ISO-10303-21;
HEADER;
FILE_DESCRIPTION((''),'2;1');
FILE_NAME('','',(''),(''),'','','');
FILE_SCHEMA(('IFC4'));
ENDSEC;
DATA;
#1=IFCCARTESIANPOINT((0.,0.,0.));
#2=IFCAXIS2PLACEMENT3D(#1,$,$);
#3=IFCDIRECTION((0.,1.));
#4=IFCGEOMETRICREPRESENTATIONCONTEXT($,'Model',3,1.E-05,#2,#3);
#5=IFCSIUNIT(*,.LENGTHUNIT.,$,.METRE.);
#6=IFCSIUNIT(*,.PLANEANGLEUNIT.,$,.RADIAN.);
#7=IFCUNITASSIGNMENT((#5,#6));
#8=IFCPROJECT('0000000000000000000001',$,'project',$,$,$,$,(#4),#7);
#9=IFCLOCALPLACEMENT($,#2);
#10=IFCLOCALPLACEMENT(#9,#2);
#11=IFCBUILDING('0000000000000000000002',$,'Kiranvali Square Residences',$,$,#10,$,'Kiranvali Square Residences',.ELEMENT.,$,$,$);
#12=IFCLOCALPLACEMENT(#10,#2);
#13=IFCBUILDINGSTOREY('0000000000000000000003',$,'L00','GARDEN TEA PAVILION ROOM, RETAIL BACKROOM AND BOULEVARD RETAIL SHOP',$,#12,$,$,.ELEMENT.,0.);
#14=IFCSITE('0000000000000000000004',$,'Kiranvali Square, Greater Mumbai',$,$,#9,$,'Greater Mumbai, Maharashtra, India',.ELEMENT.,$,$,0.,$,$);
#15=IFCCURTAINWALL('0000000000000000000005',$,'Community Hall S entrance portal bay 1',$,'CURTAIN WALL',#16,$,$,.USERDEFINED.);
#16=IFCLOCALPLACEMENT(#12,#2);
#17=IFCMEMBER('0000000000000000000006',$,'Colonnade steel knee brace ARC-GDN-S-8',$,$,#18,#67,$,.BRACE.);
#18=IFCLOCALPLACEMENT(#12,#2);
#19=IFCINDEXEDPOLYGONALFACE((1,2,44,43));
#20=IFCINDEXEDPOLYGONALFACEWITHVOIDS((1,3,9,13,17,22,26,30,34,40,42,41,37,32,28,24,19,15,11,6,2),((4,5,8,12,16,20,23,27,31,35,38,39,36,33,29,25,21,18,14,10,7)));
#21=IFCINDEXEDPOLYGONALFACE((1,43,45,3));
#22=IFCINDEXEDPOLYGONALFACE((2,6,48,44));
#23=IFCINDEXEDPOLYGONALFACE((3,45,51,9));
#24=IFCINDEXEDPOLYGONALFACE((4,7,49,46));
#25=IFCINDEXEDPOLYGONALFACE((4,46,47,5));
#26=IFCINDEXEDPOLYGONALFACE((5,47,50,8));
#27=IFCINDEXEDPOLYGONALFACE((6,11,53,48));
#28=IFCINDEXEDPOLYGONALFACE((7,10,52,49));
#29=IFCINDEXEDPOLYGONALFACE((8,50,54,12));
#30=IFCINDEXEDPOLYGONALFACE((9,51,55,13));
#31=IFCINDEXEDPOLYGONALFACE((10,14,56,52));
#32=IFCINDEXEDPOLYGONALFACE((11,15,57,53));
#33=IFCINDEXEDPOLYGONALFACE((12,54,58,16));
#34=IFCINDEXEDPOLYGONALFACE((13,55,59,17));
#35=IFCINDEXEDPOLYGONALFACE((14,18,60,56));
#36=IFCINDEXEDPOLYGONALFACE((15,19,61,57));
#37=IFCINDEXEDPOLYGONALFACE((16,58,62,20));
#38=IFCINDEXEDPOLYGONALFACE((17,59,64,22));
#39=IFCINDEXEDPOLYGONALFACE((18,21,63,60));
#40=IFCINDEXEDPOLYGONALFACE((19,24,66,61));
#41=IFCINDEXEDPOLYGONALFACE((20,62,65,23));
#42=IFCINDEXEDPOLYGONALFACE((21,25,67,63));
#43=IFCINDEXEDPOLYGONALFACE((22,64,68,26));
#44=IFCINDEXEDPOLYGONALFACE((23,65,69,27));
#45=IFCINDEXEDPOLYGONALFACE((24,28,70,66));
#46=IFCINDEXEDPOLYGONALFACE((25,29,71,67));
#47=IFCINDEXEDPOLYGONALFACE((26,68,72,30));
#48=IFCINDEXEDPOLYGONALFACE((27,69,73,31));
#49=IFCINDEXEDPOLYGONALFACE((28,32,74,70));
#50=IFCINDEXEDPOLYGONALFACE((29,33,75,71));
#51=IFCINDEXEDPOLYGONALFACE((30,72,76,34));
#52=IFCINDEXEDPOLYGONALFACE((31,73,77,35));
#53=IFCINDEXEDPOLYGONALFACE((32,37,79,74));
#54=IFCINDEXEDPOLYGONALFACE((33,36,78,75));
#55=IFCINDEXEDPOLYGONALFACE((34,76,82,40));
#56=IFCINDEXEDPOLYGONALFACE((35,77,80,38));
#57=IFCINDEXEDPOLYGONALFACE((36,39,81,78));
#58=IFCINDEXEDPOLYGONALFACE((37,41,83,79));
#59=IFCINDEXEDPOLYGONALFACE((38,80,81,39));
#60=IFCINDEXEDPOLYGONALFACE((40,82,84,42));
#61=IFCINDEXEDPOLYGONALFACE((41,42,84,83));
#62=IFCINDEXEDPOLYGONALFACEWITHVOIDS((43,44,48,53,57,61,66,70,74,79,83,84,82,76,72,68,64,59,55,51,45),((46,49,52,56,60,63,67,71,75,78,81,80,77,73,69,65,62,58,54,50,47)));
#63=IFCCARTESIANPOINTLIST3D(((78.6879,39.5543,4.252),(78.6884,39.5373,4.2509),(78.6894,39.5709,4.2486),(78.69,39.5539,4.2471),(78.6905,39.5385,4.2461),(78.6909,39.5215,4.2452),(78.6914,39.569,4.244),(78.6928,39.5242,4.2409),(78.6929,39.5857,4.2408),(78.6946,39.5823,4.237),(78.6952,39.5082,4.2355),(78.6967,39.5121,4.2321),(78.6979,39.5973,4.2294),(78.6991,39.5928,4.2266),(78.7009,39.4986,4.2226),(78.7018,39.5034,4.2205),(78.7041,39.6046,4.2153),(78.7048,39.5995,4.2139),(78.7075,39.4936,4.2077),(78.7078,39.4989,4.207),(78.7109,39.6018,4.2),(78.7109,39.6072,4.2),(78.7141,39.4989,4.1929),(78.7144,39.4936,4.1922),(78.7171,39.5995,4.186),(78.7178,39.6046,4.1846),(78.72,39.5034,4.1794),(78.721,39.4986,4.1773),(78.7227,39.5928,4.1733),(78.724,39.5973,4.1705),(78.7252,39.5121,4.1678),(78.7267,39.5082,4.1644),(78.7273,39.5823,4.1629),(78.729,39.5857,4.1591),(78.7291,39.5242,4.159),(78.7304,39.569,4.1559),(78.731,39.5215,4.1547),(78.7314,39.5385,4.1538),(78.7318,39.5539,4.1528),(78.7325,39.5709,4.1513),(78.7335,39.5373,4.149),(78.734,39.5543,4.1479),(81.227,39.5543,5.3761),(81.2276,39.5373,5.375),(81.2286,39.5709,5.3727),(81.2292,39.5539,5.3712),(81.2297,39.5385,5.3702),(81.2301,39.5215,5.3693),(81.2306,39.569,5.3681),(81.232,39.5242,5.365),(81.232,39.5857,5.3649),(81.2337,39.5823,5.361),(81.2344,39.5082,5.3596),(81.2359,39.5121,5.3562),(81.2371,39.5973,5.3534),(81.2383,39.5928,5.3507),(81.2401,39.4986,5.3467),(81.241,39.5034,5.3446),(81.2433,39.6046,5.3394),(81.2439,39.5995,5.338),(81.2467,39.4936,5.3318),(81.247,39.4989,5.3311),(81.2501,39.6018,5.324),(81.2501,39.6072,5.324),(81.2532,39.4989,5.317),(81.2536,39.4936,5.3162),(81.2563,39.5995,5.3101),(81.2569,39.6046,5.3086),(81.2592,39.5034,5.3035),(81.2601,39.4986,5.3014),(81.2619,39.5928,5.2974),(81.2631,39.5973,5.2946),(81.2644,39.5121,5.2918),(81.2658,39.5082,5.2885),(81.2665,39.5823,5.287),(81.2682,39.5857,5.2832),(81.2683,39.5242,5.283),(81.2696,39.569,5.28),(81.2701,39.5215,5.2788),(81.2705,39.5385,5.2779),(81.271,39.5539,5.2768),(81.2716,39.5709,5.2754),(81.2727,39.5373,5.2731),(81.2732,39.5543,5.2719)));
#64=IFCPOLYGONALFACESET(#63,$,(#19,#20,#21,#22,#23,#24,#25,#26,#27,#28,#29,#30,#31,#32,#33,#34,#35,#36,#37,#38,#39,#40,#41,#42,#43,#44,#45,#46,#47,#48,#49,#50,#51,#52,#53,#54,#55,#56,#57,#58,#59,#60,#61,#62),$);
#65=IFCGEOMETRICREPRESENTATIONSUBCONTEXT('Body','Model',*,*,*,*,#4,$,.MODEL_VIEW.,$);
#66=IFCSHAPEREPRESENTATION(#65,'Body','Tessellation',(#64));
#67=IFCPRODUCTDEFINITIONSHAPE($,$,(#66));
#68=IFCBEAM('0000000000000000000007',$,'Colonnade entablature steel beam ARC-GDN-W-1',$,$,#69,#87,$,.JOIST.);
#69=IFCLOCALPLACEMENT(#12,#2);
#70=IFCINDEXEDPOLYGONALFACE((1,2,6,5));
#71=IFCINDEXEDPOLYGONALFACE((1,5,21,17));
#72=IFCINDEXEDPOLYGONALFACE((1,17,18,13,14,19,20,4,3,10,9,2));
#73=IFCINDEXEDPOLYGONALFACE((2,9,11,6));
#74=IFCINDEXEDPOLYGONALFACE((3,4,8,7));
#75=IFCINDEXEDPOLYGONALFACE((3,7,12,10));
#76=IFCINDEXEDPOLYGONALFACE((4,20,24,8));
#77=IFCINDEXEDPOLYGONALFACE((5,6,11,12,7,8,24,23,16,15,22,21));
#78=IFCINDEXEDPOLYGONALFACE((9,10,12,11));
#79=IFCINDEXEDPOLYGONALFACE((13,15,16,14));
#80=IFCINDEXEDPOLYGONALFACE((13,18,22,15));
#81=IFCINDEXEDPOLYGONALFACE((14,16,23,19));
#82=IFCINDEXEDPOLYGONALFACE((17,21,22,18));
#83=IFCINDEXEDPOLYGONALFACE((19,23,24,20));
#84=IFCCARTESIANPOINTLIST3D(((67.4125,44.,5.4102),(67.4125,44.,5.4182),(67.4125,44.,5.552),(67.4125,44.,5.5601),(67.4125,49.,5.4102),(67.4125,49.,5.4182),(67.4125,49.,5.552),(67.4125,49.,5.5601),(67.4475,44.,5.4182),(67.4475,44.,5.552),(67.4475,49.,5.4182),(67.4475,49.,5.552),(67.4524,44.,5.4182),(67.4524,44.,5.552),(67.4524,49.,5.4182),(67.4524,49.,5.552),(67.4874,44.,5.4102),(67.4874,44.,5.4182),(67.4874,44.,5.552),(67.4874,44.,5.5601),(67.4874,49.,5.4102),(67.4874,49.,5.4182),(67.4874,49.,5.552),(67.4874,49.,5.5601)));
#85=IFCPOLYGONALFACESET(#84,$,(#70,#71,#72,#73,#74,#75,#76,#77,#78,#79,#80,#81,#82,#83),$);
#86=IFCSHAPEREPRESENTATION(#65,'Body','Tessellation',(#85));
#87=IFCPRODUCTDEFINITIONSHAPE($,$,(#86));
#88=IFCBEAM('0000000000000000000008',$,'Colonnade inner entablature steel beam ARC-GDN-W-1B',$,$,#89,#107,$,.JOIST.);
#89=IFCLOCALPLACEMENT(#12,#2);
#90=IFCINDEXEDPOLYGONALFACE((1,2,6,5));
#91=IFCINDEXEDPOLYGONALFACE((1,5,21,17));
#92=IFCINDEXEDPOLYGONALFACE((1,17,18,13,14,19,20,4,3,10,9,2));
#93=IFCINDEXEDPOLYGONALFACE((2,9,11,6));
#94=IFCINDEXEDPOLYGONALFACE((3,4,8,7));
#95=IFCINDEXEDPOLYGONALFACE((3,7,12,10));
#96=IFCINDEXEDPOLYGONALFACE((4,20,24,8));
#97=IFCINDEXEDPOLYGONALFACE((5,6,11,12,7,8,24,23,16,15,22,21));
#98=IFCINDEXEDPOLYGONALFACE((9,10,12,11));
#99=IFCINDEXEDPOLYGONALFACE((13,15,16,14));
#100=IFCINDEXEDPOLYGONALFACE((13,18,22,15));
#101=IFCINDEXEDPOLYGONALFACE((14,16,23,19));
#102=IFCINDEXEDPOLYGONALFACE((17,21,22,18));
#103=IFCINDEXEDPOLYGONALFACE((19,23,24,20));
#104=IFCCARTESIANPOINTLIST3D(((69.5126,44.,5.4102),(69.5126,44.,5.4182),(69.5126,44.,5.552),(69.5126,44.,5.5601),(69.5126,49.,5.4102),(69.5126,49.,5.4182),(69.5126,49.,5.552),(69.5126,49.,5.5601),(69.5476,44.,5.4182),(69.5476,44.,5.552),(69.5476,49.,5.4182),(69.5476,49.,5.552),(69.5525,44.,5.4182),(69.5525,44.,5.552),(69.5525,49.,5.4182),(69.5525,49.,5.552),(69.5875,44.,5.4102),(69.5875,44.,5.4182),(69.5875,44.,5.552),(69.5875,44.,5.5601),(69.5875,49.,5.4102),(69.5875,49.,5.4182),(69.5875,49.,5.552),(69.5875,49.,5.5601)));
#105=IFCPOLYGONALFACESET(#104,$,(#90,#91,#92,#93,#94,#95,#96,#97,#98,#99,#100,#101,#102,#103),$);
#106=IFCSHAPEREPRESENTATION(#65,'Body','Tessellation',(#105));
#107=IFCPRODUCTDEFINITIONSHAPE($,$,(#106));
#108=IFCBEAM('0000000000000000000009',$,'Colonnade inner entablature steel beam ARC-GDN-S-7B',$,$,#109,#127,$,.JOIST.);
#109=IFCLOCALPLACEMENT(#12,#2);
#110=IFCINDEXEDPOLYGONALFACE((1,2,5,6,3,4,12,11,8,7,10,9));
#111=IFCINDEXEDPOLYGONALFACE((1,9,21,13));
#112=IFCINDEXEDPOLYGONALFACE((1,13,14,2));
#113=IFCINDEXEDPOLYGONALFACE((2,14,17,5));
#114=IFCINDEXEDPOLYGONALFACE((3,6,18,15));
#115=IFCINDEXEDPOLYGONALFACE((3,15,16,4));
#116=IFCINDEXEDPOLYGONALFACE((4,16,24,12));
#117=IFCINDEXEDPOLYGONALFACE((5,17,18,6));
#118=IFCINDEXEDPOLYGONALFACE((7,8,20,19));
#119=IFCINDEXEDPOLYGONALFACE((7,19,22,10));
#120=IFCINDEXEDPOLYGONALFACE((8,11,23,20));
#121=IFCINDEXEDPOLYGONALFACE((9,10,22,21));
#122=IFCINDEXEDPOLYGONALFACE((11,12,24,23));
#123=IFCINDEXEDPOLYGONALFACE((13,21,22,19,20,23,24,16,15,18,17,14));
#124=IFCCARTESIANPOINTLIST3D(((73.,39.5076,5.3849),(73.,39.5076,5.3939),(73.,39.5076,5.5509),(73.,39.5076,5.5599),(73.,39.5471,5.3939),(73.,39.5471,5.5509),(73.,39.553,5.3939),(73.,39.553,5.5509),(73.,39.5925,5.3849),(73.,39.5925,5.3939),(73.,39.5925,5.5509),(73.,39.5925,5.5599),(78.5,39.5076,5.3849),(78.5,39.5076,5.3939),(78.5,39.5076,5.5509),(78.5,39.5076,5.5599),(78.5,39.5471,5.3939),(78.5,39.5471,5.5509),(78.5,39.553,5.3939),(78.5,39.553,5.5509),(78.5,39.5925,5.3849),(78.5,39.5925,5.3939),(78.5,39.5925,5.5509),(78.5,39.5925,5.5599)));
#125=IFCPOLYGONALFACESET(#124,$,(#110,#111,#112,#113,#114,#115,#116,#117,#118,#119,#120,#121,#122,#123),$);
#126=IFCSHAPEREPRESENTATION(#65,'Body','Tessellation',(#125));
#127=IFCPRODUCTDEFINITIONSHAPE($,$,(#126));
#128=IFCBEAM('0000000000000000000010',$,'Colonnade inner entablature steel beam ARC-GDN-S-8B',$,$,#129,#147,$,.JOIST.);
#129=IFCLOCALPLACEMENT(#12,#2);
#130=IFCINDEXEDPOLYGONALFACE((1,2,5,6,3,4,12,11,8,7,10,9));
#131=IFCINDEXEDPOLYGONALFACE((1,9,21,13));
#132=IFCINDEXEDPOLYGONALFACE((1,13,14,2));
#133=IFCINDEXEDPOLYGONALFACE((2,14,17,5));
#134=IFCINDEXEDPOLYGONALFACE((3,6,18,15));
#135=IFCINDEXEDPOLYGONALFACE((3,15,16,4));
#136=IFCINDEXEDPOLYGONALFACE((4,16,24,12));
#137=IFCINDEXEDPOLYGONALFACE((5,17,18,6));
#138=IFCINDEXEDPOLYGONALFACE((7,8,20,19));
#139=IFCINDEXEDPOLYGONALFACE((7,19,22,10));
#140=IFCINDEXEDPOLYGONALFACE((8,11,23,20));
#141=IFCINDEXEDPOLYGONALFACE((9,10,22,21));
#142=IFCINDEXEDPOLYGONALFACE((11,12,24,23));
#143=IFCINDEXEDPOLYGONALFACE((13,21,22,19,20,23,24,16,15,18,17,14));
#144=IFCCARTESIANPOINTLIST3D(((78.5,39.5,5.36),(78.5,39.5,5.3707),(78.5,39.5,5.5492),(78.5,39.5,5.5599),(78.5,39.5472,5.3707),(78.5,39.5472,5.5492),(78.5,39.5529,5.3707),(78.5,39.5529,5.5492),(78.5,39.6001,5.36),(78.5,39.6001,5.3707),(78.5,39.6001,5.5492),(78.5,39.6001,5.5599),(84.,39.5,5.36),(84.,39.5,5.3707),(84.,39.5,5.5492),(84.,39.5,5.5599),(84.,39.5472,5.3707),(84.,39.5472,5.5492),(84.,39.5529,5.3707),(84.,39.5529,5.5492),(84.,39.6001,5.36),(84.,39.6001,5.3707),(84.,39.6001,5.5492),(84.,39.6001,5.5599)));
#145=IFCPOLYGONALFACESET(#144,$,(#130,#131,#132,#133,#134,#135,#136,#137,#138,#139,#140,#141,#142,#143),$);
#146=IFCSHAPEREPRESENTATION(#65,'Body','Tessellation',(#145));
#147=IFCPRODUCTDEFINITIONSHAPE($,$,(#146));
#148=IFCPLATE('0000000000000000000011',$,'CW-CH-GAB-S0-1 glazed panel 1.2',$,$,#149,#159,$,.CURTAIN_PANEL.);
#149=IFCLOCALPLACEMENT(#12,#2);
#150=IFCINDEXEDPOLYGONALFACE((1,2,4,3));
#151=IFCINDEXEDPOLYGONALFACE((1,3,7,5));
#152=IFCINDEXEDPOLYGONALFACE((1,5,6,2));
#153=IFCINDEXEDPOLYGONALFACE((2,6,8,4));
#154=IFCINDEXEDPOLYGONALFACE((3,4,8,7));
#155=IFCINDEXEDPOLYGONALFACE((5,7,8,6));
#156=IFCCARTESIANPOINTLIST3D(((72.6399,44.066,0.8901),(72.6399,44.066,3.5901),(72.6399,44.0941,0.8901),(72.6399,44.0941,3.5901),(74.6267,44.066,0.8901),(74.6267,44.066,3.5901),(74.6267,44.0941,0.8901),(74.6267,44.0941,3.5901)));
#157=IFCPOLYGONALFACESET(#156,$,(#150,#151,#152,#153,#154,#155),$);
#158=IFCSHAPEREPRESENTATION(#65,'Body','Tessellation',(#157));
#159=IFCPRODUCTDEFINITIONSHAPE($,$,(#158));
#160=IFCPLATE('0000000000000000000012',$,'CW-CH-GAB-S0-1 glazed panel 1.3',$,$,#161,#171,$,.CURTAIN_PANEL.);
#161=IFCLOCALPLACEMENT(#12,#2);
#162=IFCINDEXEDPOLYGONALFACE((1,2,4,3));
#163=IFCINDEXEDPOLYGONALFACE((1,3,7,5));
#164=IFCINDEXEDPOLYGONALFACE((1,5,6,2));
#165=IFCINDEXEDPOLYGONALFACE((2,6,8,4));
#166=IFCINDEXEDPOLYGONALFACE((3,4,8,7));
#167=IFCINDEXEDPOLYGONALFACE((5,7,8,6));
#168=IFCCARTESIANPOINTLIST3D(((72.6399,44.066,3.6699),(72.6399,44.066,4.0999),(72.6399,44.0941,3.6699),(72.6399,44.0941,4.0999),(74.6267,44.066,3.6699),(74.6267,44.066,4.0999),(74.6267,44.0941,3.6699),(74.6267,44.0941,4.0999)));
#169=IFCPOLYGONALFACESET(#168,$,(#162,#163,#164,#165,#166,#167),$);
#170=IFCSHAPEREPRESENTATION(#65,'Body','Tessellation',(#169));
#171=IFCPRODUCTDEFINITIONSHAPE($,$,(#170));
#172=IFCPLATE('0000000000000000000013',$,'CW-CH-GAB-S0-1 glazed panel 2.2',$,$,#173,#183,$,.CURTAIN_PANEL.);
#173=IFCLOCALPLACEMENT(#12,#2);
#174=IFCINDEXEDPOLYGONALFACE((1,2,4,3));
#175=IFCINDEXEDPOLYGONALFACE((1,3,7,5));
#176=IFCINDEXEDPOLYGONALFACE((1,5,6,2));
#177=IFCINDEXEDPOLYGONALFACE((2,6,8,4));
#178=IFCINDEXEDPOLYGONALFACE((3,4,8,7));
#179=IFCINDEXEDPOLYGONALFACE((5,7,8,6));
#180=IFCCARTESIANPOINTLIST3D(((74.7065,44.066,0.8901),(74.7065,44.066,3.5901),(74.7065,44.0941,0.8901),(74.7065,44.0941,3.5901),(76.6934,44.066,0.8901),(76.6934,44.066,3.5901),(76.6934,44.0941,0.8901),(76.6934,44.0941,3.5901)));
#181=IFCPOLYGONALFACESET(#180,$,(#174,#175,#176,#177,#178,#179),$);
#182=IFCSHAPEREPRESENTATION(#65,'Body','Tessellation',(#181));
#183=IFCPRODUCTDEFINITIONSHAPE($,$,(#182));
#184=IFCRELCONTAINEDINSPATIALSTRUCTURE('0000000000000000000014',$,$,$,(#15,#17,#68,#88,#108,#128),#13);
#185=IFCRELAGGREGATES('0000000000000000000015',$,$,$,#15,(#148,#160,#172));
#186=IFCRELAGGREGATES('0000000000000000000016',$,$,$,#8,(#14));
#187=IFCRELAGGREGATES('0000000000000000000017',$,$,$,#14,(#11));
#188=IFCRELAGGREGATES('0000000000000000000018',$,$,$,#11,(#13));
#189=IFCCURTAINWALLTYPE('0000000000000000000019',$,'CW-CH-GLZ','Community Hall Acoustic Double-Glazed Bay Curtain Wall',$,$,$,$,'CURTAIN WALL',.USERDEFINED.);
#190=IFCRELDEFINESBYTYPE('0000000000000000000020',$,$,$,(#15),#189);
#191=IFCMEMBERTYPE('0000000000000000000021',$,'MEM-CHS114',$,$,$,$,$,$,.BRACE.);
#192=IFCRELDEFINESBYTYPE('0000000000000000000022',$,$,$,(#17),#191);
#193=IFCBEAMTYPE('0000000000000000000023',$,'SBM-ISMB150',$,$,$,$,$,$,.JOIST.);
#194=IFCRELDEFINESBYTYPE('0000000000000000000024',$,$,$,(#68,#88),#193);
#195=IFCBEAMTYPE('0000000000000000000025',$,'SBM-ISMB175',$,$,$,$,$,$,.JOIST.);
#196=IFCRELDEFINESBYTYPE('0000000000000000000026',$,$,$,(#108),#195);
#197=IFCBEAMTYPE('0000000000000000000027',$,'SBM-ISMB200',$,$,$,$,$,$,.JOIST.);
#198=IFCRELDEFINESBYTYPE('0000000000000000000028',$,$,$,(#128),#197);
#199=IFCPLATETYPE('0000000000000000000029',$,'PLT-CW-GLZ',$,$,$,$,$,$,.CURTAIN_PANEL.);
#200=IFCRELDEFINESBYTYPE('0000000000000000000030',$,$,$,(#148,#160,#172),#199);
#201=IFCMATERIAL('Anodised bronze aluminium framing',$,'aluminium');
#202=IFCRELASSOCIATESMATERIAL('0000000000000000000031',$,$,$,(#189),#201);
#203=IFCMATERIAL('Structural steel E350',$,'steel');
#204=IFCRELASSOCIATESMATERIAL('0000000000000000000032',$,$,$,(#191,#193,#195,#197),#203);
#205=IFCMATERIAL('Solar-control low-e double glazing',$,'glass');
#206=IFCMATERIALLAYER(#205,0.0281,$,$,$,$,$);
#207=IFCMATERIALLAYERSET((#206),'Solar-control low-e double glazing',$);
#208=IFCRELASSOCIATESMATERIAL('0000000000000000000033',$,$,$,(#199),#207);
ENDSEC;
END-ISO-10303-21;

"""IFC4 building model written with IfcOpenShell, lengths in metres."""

from ifc_helpers import new_model, si_unit, direction, frame, origin, origin_2d, place, context, subcontext, project, spatial, rectangle, hollow_circle, i_section, extrude, material, layer, layer_set, material_profile, profile_set, type_object, element, aggregate, save


model = new_model("IFC4")

# Units and contexts
model_context = context("Model", 3, precision=1e-05, world=origin(), true_north=direction((0.0, 1.0)))
body_context = subcontext(model_context, "Body", "Model", "MODEL_VIEW")
ifc_project = project(units=[si_unit("LENGTHUNIT", "METRE"), si_unit("PLANEANGLEUNIT", "RADIAN")], contexts=[model_context])

# Site, building, storey
site_placement = place(None, origin())
site = spatial("IfcSite", under=ifc_project, at=site_placement, Name="Kiranvali Square, Greater Mumbai", LongName="Greater Mumbai, Maharashtra, India", CompositionType="ELEMENT", RefElevation=0.0)
building_placement = place(site_placement, origin())
building = spatial("IfcBuilding", under=site, at=building_placement, Name="Kiranvali Square Residences", LongName="Kiranvali Square Residences", CompositionType="ELEMENT")
storey_placement = place(building_placement, origin())
storey = spatial("IfcBuildingStorey", under=building, at=storey_placement, Name="L00", Description="GARDEN TEA PAVILION ROOM, RETAIL BACKROOM AND BOULEVARD RETAIL SHOP", CompositionType="ELEMENT", Elevation=0.0)

# Curtain wall
ifc_material_1 = material(Name="Anodised bronze aluminium framing", Category="aluminium")
curtain_wall_type = type_object("IfcCurtainWallType", Name="CW-CH-GLZ", Description="Community Hall Acoustic Double-Glazed Bay Curtain Wall", ElementType="CURTAIN WALL", PredefinedType="USERDEFINED", material=ifc_material_1)
curtain_wall_1_placement = place(storey_placement, origin())
curtain_wall_1 = element("IfcCurtainWall", 1, at=curtain_wall_1_placement, inside=storey, type_object=curtain_wall_type, Name="Community Hall S entrance portal bay 1", ObjectType="CURTAIN WALL", PredefinedType="USERDEFINED")

# Member
ifc_material_2 = material(Name="Structural steel E350", Category="steel")
ifc_material_profile_1 = material_profile(ifc_material_2, hollow_circle(Radius=0.0571, WallThickness=0.0054, at=origin_2d()), Name="CHS 114.3x5.4")
ifc_profile_set_1 = profile_set([ifc_material_profile_1], Name="Structural steel E350")
member_type_1 = type_object("IfcMemberType", Name="MEM-CHS114", PredefinedType="BRACE", material=ifc_profile_set_1)
member_1_placement = place(storey_placement, frame((78.7109, 39.55, 4.2), z_axis=(0.914405, 0.0, 0.4048), x_axis=(0.0, 1.0, 0.0)))
element("IfcMember", 2, at=member_1_placement, inside=storey, type_object=member_type_1, Name="Colonnade steel knee brace ARC-GDN-S-8", PredefinedType="BRACE", context=body_context, shape_type="SweptSolid", body=[
    extrude(hollow_circle(Radius=0.0571, WallThickness=0.0054, at=origin_2d()), origin(), (0.0, 0.0, 1.0), 2.7769),
])

# Beams
ifc_material_profile_2 = material_profile(ifc_material_2, i_section(OverallWidth=0.075, OverallDepth=0.1499, WebThickness=0.0049, FlangeThickness=0.0081, at=origin_2d()), Name="ISMB 150")
ifc_profile_set_2 = profile_set([ifc_material_profile_2], Name="Structural steel E350")
beam_type_1 = type_object("IfcBeamType", Name="SBM-ISMB150", PredefinedType="JOIST", material=ifc_profile_set_2)
for number, where, z_axis, x_axis, name in (
    (3, (67.45, 44.0, 5.4851), (0.0, 1.0, 0.0), (-1.0, 0.0, 0.0), "Colonnade entablature steel beam ARC-GDN-W-1"),
    (4, (69.55, 44.0, 5.4851), (0.0, 1.0, 0.0), (-1.0, 0.0, 0.0), "Colonnade inner entablature steel beam ARC-GDN-W-1B"),
):
    element("IfcBeam", number, at=place(storey_placement, frame(where, z_axis=z_axis, x_axis=x_axis)), inside=storey, type_object=beam_type_1, Name=name, PredefinedType="JOIST", context=body_context, shape_type="SweptSolid", body=[
        extrude(i_section(OverallWidth=0.075, OverallDepth=0.1499, WebThickness=0.0049, FlangeThickness=0.0081, at=origin_2d()), origin(), (0.0, 0.0, 1.0), 5.0),
    ])
ifc_material_profile_3 = material_profile(ifc_material_2, i_section(OverallWidth=0.085, OverallDepth=0.175, WebThickness=0.0059, FlangeThickness=0.009, at=origin_2d()), Name="ISMB 175")
ifc_profile_set_3 = profile_set([ifc_material_profile_3], Name="Structural steel E350")
beam_type_2 = type_object("IfcBeamType", Name="SBM-ISMB175", PredefinedType="JOIST", material=ifc_profile_set_3)
beam_1_placement = place(storey_placement, frame((73.0, 39.55, 5.4724), z_axis=(1.0, 0.0, 0.0), x_axis=(0.0, 1.0, 0.0)))
element("IfcBeam", 5, at=beam_1_placement, inside=storey, type_object=beam_type_2, Name="Colonnade inner entablature steel beam ARC-GDN-S-7B", PredefinedType="JOIST", context=body_context, shape_type="SweptSolid", body=[
    extrude(i_section(OverallWidth=0.085, OverallDepth=0.175, WebThickness=0.0059, FlangeThickness=0.009, at=origin_2d()), origin(), (0.0, 0.0, 1.0), 5.5),
])
ifc_material_profile_4 = material_profile(ifc_material_2, i_section(OverallWidth=0.1001, OverallDepth=0.2, WebThickness=0.0056, FlangeThickness=0.0107, at=origin_2d()), Name="ISMB 200")
ifc_profile_set_4 = profile_set([ifc_material_profile_4], Name="Structural steel E350")
beam_type_3 = type_object("IfcBeamType", Name="SBM-ISMB200", PredefinedType="JOIST", material=ifc_profile_set_4)
beam_2_placement = place(storey_placement, frame((78.5, 39.55, 5.46), z_axis=(1.0, 0.0, 0.0), x_axis=(0.0, 1.0, 0.0)))
element("IfcBeam", 6, at=beam_2_placement, inside=storey, type_object=beam_type_3, Name="Colonnade inner entablature steel beam ARC-GDN-S-8B", PredefinedType="JOIST", context=body_context, shape_type="SweptSolid", body=[
    extrude(i_section(OverallWidth=0.1001, OverallDepth=0.2, WebThickness=0.0056, FlangeThickness=0.0107, at=origin_2d()), origin(), (0.0, 0.0, 1.0), 5.5),
])

# Plates
ifc_material_3 = material(Name="Solar-control low-e double glazing", Category="glass")
ifc_layer_1 = layer(ifc_material_3, 0.0281)
ifc_layer_set_1 = layer_set([ifc_layer_1], Name="Solar-control low-e double glazing")
plate_type_1 = type_object("IfcPlateType", Name="PLT-CW-GLZ", PredefinedType="CURTAIN_PANEL", material=ifc_layer_set_1)
plate_1_placement = place(storey_placement, frame((73.6333, 44.0801, 0.8901), z_axis=(0.0, 0.0, 1.0), x_axis=(1.0, 0.0, 0.0)))
plate_1 = element("IfcPlate", 7, at=plate_1_placement, type_object=plate_type_1, Name="CW-CH-GAB-S0-1 glazed panel 1.2", PredefinedType="CURTAIN_PANEL", context=body_context, shape_type="SweptSolid", body=[
    extrude(rectangle(XDim=1.9868, YDim=0.0281, at=origin_2d()), origin(), (0.0, 0.0, 1.0), 2.7),
])
plate_2_placement = place(storey_placement, frame((73.6333, 44.0801, 3.6699), z_axis=(0.0, 0.0, 1.0), x_axis=(1.0, 0.0, 0.0)))
plate_2 = element("IfcPlate", 8, at=plate_2_placement, type_object=plate_type_1, Name="CW-CH-GAB-S0-1 glazed panel 1.3", PredefinedType="CURTAIN_PANEL", context=body_context, shape_type="SweptSolid", body=[
    extrude(rectangle(XDim=1.9868, YDim=0.0281, at=origin_2d()), origin(), (0.0, 0.0, 1.0), 0.4299),
])
plate_3_placement = place(storey_placement, frame((75.7, 44.0801, 0.8901), z_axis=(0.0, 0.0, 1.0), x_axis=(1.0, 0.0, 0.0)))
plate_3 = element("IfcPlate", 9, at=plate_3_placement, type_object=plate_type_1, Name="CW-CH-GAB-S0-1 glazed panel 2.2", PredefinedType="CURTAIN_PANEL", context=body_context, shape_type="SweptSolid", body=[
    extrude(rectangle(XDim=1.9868, YDim=0.0281, at=origin_2d()), origin(), (0.0, 0.0, 1.0), 2.7),
])
aggregate(curtain_wall_1, [plate_1, plate_2, plate_3])

save(model, "model.ifc")
